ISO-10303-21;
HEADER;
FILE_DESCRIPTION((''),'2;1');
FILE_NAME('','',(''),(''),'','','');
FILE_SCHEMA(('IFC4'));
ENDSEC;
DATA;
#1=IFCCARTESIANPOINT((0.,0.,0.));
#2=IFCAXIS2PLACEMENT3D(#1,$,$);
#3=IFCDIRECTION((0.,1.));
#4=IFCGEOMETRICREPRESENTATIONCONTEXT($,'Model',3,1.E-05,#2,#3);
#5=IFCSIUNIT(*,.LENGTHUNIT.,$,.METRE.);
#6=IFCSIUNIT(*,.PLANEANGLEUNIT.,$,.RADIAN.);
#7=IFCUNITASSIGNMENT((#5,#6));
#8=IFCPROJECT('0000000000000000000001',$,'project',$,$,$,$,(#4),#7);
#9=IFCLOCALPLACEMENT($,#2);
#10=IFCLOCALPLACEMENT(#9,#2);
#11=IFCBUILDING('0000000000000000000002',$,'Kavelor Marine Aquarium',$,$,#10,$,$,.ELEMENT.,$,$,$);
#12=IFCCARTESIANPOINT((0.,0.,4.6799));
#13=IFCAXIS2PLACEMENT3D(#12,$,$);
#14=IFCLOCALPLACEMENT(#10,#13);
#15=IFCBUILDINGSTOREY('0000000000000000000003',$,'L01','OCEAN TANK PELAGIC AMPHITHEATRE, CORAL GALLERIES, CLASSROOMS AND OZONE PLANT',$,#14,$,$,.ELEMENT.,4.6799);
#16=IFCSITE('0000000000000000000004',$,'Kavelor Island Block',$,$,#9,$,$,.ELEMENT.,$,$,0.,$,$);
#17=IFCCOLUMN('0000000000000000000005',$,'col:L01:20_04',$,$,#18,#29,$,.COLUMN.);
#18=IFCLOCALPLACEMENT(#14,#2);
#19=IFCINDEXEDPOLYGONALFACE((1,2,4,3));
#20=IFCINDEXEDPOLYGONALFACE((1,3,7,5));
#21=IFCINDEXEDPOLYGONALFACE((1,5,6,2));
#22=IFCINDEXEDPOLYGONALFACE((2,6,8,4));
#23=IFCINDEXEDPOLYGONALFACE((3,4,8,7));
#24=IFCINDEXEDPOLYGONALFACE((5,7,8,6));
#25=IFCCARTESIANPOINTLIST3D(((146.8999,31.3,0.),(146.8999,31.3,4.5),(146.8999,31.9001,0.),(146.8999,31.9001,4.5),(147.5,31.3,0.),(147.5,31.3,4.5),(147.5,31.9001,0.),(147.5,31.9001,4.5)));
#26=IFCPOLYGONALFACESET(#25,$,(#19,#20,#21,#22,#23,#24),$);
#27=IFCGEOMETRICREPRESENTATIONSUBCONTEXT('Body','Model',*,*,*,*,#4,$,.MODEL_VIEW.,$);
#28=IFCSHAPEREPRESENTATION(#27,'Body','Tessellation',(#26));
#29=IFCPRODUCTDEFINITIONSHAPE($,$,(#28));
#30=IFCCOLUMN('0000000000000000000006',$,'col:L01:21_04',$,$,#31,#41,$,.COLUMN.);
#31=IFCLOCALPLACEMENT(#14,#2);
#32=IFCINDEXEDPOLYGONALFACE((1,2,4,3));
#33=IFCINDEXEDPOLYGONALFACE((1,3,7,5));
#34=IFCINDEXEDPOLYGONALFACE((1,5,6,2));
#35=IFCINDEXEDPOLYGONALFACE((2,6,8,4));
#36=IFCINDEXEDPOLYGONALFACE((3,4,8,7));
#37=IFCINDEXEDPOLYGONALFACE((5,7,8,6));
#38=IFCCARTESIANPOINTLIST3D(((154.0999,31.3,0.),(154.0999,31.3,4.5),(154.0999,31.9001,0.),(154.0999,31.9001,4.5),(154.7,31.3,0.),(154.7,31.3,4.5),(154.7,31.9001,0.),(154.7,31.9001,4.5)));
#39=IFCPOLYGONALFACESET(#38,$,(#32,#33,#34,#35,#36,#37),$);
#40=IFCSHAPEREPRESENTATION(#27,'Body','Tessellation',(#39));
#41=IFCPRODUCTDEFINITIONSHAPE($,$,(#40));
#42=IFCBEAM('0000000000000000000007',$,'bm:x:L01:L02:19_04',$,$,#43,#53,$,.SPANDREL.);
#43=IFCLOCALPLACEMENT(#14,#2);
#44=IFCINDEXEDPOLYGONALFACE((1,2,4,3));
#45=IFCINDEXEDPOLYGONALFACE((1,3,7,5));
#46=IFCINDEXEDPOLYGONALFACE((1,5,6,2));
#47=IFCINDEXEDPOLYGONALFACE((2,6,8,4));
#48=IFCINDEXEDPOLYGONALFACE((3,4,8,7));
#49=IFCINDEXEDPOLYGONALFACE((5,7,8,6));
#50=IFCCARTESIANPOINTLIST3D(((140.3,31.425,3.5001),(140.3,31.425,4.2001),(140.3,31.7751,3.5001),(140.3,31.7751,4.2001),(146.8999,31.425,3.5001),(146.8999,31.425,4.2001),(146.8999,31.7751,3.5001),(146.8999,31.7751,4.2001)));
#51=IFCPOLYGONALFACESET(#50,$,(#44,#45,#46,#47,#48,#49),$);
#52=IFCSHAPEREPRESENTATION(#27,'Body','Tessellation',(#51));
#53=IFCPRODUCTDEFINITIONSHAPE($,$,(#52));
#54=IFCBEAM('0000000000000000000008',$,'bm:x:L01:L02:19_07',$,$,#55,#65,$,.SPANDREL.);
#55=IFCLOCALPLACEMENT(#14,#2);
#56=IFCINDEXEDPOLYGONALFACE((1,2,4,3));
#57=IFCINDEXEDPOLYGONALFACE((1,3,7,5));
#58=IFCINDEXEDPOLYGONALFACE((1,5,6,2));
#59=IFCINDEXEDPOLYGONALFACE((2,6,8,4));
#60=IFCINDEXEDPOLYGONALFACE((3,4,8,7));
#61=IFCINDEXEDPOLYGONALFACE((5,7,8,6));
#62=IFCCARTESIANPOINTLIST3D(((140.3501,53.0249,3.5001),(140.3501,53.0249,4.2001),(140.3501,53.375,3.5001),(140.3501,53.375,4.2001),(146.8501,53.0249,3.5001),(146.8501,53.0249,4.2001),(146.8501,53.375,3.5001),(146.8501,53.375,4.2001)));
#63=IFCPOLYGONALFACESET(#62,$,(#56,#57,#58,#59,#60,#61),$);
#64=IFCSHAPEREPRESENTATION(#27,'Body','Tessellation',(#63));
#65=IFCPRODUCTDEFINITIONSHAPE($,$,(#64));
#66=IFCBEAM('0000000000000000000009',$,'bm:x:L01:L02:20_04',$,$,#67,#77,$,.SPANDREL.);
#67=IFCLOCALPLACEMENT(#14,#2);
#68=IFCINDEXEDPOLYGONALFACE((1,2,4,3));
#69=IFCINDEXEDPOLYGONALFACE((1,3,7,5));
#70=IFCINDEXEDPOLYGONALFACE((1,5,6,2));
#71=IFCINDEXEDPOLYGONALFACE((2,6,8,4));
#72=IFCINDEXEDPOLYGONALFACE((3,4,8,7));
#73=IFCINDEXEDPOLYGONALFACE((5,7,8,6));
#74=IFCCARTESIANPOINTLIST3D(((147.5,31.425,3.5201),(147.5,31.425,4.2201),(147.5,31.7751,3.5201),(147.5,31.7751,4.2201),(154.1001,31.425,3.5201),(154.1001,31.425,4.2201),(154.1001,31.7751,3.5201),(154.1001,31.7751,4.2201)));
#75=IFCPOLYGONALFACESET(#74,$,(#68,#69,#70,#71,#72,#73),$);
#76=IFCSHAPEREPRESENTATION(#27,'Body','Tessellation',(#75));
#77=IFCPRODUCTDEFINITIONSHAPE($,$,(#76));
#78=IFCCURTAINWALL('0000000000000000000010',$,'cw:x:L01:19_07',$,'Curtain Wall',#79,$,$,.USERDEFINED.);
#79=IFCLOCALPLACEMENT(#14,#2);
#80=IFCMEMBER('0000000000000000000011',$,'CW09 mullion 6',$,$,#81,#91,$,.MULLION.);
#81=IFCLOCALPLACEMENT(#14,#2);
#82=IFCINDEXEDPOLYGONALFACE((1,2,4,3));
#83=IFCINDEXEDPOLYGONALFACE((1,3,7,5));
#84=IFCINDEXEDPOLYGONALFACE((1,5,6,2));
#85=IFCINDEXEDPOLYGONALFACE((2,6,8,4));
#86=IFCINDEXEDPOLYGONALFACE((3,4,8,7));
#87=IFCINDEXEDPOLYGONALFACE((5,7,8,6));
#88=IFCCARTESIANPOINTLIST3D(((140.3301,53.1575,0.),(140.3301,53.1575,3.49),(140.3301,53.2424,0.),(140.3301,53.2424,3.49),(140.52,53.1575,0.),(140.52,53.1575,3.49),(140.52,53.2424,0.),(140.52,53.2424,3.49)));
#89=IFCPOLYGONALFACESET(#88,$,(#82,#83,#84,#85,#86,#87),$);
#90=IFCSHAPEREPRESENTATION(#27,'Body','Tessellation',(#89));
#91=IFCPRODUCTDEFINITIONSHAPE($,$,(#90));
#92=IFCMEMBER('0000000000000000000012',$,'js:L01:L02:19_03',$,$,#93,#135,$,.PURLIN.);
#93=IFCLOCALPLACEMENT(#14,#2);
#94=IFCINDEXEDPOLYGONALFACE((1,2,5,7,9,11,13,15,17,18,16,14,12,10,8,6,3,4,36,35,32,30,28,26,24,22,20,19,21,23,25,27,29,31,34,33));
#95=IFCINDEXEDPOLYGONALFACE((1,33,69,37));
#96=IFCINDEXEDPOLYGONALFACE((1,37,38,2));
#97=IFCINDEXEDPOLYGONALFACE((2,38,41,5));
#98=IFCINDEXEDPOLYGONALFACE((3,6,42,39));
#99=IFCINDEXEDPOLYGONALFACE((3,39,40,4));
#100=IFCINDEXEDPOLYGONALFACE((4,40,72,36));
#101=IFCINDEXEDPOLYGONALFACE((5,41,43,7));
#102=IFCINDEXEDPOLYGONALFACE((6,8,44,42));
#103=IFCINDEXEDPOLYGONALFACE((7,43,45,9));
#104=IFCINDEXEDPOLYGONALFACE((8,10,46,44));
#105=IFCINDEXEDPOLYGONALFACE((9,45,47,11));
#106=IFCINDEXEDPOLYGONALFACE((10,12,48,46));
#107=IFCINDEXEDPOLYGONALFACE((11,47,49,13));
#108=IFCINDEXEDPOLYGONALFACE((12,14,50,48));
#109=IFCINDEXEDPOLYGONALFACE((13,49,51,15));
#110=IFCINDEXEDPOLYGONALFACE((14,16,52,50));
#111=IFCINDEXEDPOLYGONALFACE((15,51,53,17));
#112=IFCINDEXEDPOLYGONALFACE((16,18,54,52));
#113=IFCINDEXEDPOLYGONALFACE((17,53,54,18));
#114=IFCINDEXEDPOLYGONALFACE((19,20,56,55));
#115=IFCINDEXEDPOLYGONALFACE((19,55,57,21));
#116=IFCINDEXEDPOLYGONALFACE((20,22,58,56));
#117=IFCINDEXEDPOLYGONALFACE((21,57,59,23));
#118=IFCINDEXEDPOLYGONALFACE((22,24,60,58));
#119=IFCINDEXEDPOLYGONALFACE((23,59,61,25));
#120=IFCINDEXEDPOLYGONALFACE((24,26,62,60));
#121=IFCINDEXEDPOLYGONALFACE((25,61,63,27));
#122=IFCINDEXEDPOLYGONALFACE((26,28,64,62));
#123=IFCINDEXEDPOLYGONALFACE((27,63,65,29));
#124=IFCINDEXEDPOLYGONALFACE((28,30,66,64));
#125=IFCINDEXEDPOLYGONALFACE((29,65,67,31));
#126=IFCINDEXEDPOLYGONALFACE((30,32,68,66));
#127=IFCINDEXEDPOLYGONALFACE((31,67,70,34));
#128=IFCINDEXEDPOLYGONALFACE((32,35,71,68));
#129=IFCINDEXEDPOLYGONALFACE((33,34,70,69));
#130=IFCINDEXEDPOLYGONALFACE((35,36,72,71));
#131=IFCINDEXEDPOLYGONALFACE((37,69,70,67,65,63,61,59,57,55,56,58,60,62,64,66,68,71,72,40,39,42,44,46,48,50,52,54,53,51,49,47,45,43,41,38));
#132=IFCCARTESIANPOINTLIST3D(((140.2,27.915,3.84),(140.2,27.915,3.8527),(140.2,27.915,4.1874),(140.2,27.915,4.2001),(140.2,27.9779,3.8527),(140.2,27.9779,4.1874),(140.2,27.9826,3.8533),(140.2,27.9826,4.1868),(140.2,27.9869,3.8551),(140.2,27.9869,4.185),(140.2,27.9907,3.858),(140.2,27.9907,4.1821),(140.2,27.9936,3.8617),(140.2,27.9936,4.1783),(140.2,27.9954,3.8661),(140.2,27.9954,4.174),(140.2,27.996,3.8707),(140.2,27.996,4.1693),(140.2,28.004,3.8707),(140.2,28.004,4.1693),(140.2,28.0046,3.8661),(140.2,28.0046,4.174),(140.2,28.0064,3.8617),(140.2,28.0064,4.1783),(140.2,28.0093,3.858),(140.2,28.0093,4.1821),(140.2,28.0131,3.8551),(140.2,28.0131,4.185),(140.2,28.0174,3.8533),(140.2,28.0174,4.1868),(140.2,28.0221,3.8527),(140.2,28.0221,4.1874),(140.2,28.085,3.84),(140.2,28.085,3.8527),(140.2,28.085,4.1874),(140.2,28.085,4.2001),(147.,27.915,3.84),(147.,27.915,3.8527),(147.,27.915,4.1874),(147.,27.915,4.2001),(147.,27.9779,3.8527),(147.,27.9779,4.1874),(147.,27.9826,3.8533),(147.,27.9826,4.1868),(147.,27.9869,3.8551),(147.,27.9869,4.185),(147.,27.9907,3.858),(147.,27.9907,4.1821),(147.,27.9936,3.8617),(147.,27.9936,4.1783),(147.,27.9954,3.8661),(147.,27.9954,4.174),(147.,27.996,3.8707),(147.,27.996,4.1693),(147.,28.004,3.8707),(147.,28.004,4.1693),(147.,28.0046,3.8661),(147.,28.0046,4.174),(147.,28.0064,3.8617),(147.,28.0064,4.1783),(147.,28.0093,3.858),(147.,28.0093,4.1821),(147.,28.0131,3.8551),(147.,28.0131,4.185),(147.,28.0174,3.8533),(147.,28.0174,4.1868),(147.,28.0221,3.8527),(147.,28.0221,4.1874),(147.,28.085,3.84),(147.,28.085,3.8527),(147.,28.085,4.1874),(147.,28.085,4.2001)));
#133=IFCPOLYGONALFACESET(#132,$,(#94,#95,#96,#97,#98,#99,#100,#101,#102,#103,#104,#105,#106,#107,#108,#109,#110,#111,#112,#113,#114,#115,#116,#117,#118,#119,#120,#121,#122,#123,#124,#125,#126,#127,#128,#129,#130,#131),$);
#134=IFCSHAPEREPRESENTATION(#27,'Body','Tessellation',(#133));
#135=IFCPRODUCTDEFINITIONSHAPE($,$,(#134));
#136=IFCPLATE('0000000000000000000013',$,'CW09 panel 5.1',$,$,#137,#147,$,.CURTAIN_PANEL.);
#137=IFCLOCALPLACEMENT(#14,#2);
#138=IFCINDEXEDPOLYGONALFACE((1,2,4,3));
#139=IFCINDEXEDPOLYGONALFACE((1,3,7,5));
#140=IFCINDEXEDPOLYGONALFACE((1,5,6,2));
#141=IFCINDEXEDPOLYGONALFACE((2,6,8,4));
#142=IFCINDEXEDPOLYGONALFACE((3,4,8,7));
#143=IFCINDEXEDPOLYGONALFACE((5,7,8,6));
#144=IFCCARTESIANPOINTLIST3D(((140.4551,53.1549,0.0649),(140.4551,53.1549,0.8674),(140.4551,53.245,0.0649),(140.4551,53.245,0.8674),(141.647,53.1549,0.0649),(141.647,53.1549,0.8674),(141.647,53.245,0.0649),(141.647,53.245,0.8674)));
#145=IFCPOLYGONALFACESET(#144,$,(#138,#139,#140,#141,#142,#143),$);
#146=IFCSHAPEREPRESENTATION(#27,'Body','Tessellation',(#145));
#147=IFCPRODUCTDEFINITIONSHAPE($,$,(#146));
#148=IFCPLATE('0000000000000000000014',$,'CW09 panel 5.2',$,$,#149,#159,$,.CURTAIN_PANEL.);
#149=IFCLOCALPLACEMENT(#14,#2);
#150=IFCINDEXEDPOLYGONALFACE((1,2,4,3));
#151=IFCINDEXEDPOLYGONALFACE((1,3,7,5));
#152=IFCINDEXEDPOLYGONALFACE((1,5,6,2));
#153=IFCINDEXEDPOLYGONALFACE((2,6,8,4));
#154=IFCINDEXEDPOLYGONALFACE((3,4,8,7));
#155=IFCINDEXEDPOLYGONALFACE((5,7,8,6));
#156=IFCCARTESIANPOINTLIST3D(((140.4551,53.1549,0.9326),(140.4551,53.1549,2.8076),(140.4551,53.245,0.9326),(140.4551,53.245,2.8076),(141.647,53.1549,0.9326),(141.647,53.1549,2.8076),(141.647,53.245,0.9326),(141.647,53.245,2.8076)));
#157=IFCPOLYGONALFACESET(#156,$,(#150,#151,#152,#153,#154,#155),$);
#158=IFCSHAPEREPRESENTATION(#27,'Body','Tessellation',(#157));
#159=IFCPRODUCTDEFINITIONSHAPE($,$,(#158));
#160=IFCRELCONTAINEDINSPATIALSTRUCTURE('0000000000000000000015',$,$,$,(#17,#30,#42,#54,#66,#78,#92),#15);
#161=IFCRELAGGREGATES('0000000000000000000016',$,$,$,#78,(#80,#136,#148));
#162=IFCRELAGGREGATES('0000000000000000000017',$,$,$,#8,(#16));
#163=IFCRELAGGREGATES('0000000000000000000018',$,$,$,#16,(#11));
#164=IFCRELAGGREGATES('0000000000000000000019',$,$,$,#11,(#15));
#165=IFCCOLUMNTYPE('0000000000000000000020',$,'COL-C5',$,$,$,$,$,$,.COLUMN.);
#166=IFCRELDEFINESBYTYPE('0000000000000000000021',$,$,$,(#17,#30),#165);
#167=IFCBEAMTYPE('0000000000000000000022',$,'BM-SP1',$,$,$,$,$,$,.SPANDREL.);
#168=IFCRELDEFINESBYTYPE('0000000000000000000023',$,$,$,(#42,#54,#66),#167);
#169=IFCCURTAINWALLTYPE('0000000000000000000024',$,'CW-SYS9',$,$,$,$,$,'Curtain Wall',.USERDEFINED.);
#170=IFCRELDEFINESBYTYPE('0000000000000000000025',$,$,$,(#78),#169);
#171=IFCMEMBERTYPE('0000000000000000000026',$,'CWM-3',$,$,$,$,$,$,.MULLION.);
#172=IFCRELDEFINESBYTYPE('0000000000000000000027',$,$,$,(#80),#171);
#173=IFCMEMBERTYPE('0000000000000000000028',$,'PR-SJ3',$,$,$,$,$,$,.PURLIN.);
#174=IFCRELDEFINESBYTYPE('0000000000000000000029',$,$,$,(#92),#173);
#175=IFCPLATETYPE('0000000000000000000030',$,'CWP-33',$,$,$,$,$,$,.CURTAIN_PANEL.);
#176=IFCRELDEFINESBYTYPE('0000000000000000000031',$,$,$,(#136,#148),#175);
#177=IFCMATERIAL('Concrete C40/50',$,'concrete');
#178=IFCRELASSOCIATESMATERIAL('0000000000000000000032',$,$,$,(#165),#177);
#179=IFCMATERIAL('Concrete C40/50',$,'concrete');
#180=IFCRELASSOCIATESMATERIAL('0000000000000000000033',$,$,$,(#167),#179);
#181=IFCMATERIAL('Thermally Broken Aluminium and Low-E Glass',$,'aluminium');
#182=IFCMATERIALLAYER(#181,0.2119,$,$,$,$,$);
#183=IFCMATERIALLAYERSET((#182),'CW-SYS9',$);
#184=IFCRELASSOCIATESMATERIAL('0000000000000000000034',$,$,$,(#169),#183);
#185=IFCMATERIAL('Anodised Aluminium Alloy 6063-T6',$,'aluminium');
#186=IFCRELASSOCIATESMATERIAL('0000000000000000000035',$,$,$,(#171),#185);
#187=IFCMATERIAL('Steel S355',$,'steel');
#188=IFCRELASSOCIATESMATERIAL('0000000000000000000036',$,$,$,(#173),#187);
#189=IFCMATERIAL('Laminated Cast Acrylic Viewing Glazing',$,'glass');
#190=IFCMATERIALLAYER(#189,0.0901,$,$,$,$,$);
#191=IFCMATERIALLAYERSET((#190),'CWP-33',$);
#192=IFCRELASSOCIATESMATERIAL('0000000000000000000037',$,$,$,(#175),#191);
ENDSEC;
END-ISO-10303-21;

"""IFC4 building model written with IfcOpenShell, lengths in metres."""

from ifc_helpers import new_model, si_unit, direction, frame, origin, origin_2d, place, context, subcontext, project, spatial, rectangle, i_section, extrude, material, layer, layer_set, material_profile, profile_set, type_object, element, aggregate, save


model = new_model("IFC4")

# Units and contexts
model_context = context("Model", 3, precision=1e-05, world=origin(), true_north=direction((0.0, 1.0)))
body_context = subcontext(model_context, "Body", "Model", "MODEL_VIEW")
ifc_project = project(units=[si_unit("LENGTHUNIT", "METRE"), si_unit("PLANEANGLEUNIT", "RADIAN")], contexts=[model_context])

# Site, building, storey
site_placement = place(None, origin())
site = spatial("IfcSite", under=ifc_project, at=site_placement, Name="Kavelor Island Block", CompositionType="ELEMENT", RefElevation=0.0)
building_placement = place(site_placement, origin())
building = spatial("IfcBuilding", under=site, at=building_placement, Name="Kavelor Marine Aquarium", CompositionType="ELEMENT")
storey_placement = place(building_placement, frame((0.0, 0.0, 4.6799)))
storey = spatial("IfcBuildingStorey", under=building, at=storey_placement, Name="L01", Description="OCEAN TANK PELAGIC AMPHITHEATRE, CORAL GALLERIES, CLASSROOMS AND OZONE PLANT", CompositionType="ELEMENT", Elevation=4.6799)

# Columns
ifc_material_1 = material(Name="Concrete C40/50", Category="concrete")
ifc_material_profile_1 = material_profile(ifc_material_1, rectangle(XDim=0.6001, YDim=0.6001, at=origin_2d()), Name="RC-COL 600x600")
ifc_profile_set_1 = profile_set([ifc_material_profile_1], Name="Concrete C40/50")
column_type = type_object("IfcColumnType", Name="COL-C5", PredefinedType="COLUMN", material=ifc_profile_set_1)
for number, where, z_axis, x_axis, name in (
    (1, (147.2, 31.6001, 0.0), (0.0, 0.0, 1.0), (1.0, 0.0, 0.0), "col:L01:20_04"),
    (2, (154.3999, 31.6001, 0.0), (0.0, 0.0, 1.0), (1.0, 0.0, 0.0), "col:L01:21_04"),
):
    element("IfcColumn", number, at=place(storey_placement, frame(where, z_axis=z_axis, x_axis=x_axis)), inside=storey, type_object=column_type, Name=name, PredefinedType="COLUMN", context=body_context, shape_type="SweptSolid", body=[
        extrude(rectangle(XDim=0.6001, YDim=0.6001, at=origin_2d()), origin(), (0.0, 0.0, 1.0), 4.5),
    ])

# Beams
ifc_material_2 = material(Name="Concrete C40/50", Category="concrete")
ifc_material_profile_2 = material_profile(ifc_material_2, rectangle(XDim=0.3501, YDim=0.7, at=origin_2d()), Name="RC-SP 350x700")
ifc_profile_set_2 = profile_set([ifc_material_profile_2], Name="Concrete C40/50")
beam_type = type_object("IfcBeamType", Name="BM-SP1", PredefinedType="SPANDREL", material=ifc_profile_set_2)
beam_1_placement = place(storey_placement, frame((140.3, 31.6001, 3.8501), z_axis=(1.0, 0.0, 0.0), x_axis=(0.0, 1.0, 0.0)))
element("IfcBeam", 3, at=beam_1_placement, inside=storey, type_object=beam_type, Name="bm:x:L01:L02:19_04", PredefinedType="SPANDREL", context=body_context, shape_type="SweptSolid", body=[
    extrude(rectangle(XDim=0.3501, YDim=0.7, at=origin_2d()), origin(), (0.0, 0.0, 1.0), 6.5999),
])
beam_2_placement = place(storey_placement, frame((140.3501, 53.2, 3.8501), z_axis=(1.0, 0.0, 0.0), x_axis=(0.0, 1.0, 0.0)))
element("IfcBeam", 4, at=beam_2_placement, inside=storey, type_object=beam_type, Name="bm:x:L01:L02:19_07", PredefinedType="SPANDREL", context=body_context, shape_type="SweptSolid", body=[
    extrude(rectangle(XDim=0.3501, YDim=0.7, at=origin_2d()), origin(), (0.0, 0.0, 1.0), 6.5),
])
beam_3_placement = place(storey_placement, frame((147.5, 31.6001, 3.8701), z_axis=(1.0, 0.0, 0.0), x_axis=(0.0, 1.0, 0.0)))
element("IfcBeam", 5, at=beam_3_placement, inside=storey, type_object=beam_type, Name="bm:x:L01:L02:20_04", PredefinedType="SPANDREL", context=body_context, shape_type="SweptSolid", body=[
    extrude(rectangle(XDim=0.3501, YDim=0.7, at=origin_2d()), origin(), (0.0, 0.0, 1.0), 6.6001),
])

# Curtain wall, member
ifc_material_3 = material(Name="Thermally Broken Aluminium and Low-E Glass", Category="aluminium")
ifc_layer_1 = layer(ifc_material_3, 0.2119)
ifc_layer_set_1 = layer_set([ifc_layer_1], Name="CW-SYS9")
curtain_wall_type = type_object("IfcCurtainWallType", Name="CW-SYS9", ElementType="Curtain Wall", PredefinedType="USERDEFINED", material=ifc_layer_set_1)
curtain_wall_placement = place(storey_placement, origin())
curtain_wall = element("IfcCurtainWall", 6, at=curtain_wall_placement, inside=storey, type_object=curtain_wall_type, Name="cw:x:L01:19_07", ObjectType="Curtain Wall", PredefinedType="USERDEFINED")
ifc_material_4 = material(Name="Anodised Aluminium Alloy 6063-T6", Category="aluminium")
ifc_material_profile_3 = material_profile(ifc_material_4, rectangle(XDim=0.085, YDim=0.1899, at=origin_2d()), Name="CW-MUL 85x190")
ifc_profile_set_3 = profile_set([ifc_material_profile_3], Name="Anodised Aluminium Alloy 6063-T6")
member_type_1 = type_object("IfcMemberType", Name="CWM-3", PredefinedType="MULLION", material=ifc_profile_set_3)
member_1_placement = place(storey_placement, frame((140.425, 53.2, 0.0), z_axis=(0.0, 0.0, 1.0), x_axis=(0.0, -1.0, 0.0)))
member_1 = element("IfcMember", 7, at=member_1_placement, type_object=member_type_1, Name="CW09 mullion 6", PredefinedType="MULLION", context=body_context, shape_type="SweptSolid", body=[
    extrude(rectangle(XDim=0.085, YDim=0.1899, at=origin_2d()), origin(), (0.0, 0.0, 1.0), 3.49),
])

# Member
ifc_material_5 = material(Name="Steel S355", Category="steel")
ifc_material_profile_4 = material_profile(ifc_material_5, i_section(OverallWidth=0.1699, OverallDepth=0.3601, WebThickness=0.0081, FlangeThickness=0.0127, FilletRadius=0.0181, at=origin_2d()), Name="IPE 360")
ifc_profile_set_4 = profile_set([ifc_material_profile_4], Name="Steel S355")
member_type_2 = type_object("IfcMemberType", Name="PR-SJ3", PredefinedType="PURLIN", material=ifc_profile_set_4)
member_2_placement = place(storey_placement, frame((140.2, 28.0, 4.02), z_axis=(1.0, 0.0, 0.0), x_axis=(0.0, 1.0, 0.0)))
element("IfcMember", 8, at=member_2_placement, inside=storey, type_object=member_type_2, Name="js:L01:L02:19_03", PredefinedType="PURLIN", context=body_context, shape_type="SweptSolid", body=[
    extrude(i_section(OverallWidth=0.1699, OverallDepth=0.3601, WebThickness=0.0081, FlangeThickness=0.0127, FilletRadius=0.0181, at=origin_2d()), origin(), (0.0, 0.0, 1.0), 6.8),
])

# Plates
ifc_material_6 = material(Name="Laminated Cast Acrylic Viewing Glazing", Category="glass")
ifc_layer_2 = layer(ifc_material_6, 0.0901)
ifc_layer_set_2 = layer_set([ifc_layer_2], Name="CWP-33")
plate_type = type_object("IfcPlateType", Name="CWP-33", PredefinedType="CURTAIN_PANEL", material=ifc_layer_set_2)
plate_1_placement = place(storey_placement, frame((141.051, 53.2, 0.0649), z_axis=(0.0, 0.0, 1.0), x_axis=(-1.0, 0.0, 0.0)))
plate_1 = element("IfcPlate", 9, at=plate_1_placement, type_object=plate_type, Name="CW09 panel 5.1", PredefinedType="CURTAIN_PANEL", context=body_context, shape_type="SweptSolid", body=[
    extrude(rectangle(XDim=1.1919, YDim=0.0901, at=origin_2d()), origin(), (0.0, 0.0, 1.0), 0.8025),
])
plate_2_placement = place(storey_placement, frame((141.051, 53.2, 0.9326), z_axis=(0.0, 0.0, 1.0), x_axis=(-1.0, 0.0, 0.0)))
plate_2 = element("IfcPlate", 10, at=plate_2_placement, type_object=plate_type, Name="CW09 panel 5.2", PredefinedType="CURTAIN_PANEL", context=body_context, shape_type="SweptSolid", body=[
    extrude(rectangle(XDim=1.1919, YDim=0.0901, at=origin_2d()), origin(), (0.0, 0.0, 1.0), 1.875),
])
aggregate(curtain_wall, [member_1, plate_1, plate_2])

save(model, "model.ifc")
